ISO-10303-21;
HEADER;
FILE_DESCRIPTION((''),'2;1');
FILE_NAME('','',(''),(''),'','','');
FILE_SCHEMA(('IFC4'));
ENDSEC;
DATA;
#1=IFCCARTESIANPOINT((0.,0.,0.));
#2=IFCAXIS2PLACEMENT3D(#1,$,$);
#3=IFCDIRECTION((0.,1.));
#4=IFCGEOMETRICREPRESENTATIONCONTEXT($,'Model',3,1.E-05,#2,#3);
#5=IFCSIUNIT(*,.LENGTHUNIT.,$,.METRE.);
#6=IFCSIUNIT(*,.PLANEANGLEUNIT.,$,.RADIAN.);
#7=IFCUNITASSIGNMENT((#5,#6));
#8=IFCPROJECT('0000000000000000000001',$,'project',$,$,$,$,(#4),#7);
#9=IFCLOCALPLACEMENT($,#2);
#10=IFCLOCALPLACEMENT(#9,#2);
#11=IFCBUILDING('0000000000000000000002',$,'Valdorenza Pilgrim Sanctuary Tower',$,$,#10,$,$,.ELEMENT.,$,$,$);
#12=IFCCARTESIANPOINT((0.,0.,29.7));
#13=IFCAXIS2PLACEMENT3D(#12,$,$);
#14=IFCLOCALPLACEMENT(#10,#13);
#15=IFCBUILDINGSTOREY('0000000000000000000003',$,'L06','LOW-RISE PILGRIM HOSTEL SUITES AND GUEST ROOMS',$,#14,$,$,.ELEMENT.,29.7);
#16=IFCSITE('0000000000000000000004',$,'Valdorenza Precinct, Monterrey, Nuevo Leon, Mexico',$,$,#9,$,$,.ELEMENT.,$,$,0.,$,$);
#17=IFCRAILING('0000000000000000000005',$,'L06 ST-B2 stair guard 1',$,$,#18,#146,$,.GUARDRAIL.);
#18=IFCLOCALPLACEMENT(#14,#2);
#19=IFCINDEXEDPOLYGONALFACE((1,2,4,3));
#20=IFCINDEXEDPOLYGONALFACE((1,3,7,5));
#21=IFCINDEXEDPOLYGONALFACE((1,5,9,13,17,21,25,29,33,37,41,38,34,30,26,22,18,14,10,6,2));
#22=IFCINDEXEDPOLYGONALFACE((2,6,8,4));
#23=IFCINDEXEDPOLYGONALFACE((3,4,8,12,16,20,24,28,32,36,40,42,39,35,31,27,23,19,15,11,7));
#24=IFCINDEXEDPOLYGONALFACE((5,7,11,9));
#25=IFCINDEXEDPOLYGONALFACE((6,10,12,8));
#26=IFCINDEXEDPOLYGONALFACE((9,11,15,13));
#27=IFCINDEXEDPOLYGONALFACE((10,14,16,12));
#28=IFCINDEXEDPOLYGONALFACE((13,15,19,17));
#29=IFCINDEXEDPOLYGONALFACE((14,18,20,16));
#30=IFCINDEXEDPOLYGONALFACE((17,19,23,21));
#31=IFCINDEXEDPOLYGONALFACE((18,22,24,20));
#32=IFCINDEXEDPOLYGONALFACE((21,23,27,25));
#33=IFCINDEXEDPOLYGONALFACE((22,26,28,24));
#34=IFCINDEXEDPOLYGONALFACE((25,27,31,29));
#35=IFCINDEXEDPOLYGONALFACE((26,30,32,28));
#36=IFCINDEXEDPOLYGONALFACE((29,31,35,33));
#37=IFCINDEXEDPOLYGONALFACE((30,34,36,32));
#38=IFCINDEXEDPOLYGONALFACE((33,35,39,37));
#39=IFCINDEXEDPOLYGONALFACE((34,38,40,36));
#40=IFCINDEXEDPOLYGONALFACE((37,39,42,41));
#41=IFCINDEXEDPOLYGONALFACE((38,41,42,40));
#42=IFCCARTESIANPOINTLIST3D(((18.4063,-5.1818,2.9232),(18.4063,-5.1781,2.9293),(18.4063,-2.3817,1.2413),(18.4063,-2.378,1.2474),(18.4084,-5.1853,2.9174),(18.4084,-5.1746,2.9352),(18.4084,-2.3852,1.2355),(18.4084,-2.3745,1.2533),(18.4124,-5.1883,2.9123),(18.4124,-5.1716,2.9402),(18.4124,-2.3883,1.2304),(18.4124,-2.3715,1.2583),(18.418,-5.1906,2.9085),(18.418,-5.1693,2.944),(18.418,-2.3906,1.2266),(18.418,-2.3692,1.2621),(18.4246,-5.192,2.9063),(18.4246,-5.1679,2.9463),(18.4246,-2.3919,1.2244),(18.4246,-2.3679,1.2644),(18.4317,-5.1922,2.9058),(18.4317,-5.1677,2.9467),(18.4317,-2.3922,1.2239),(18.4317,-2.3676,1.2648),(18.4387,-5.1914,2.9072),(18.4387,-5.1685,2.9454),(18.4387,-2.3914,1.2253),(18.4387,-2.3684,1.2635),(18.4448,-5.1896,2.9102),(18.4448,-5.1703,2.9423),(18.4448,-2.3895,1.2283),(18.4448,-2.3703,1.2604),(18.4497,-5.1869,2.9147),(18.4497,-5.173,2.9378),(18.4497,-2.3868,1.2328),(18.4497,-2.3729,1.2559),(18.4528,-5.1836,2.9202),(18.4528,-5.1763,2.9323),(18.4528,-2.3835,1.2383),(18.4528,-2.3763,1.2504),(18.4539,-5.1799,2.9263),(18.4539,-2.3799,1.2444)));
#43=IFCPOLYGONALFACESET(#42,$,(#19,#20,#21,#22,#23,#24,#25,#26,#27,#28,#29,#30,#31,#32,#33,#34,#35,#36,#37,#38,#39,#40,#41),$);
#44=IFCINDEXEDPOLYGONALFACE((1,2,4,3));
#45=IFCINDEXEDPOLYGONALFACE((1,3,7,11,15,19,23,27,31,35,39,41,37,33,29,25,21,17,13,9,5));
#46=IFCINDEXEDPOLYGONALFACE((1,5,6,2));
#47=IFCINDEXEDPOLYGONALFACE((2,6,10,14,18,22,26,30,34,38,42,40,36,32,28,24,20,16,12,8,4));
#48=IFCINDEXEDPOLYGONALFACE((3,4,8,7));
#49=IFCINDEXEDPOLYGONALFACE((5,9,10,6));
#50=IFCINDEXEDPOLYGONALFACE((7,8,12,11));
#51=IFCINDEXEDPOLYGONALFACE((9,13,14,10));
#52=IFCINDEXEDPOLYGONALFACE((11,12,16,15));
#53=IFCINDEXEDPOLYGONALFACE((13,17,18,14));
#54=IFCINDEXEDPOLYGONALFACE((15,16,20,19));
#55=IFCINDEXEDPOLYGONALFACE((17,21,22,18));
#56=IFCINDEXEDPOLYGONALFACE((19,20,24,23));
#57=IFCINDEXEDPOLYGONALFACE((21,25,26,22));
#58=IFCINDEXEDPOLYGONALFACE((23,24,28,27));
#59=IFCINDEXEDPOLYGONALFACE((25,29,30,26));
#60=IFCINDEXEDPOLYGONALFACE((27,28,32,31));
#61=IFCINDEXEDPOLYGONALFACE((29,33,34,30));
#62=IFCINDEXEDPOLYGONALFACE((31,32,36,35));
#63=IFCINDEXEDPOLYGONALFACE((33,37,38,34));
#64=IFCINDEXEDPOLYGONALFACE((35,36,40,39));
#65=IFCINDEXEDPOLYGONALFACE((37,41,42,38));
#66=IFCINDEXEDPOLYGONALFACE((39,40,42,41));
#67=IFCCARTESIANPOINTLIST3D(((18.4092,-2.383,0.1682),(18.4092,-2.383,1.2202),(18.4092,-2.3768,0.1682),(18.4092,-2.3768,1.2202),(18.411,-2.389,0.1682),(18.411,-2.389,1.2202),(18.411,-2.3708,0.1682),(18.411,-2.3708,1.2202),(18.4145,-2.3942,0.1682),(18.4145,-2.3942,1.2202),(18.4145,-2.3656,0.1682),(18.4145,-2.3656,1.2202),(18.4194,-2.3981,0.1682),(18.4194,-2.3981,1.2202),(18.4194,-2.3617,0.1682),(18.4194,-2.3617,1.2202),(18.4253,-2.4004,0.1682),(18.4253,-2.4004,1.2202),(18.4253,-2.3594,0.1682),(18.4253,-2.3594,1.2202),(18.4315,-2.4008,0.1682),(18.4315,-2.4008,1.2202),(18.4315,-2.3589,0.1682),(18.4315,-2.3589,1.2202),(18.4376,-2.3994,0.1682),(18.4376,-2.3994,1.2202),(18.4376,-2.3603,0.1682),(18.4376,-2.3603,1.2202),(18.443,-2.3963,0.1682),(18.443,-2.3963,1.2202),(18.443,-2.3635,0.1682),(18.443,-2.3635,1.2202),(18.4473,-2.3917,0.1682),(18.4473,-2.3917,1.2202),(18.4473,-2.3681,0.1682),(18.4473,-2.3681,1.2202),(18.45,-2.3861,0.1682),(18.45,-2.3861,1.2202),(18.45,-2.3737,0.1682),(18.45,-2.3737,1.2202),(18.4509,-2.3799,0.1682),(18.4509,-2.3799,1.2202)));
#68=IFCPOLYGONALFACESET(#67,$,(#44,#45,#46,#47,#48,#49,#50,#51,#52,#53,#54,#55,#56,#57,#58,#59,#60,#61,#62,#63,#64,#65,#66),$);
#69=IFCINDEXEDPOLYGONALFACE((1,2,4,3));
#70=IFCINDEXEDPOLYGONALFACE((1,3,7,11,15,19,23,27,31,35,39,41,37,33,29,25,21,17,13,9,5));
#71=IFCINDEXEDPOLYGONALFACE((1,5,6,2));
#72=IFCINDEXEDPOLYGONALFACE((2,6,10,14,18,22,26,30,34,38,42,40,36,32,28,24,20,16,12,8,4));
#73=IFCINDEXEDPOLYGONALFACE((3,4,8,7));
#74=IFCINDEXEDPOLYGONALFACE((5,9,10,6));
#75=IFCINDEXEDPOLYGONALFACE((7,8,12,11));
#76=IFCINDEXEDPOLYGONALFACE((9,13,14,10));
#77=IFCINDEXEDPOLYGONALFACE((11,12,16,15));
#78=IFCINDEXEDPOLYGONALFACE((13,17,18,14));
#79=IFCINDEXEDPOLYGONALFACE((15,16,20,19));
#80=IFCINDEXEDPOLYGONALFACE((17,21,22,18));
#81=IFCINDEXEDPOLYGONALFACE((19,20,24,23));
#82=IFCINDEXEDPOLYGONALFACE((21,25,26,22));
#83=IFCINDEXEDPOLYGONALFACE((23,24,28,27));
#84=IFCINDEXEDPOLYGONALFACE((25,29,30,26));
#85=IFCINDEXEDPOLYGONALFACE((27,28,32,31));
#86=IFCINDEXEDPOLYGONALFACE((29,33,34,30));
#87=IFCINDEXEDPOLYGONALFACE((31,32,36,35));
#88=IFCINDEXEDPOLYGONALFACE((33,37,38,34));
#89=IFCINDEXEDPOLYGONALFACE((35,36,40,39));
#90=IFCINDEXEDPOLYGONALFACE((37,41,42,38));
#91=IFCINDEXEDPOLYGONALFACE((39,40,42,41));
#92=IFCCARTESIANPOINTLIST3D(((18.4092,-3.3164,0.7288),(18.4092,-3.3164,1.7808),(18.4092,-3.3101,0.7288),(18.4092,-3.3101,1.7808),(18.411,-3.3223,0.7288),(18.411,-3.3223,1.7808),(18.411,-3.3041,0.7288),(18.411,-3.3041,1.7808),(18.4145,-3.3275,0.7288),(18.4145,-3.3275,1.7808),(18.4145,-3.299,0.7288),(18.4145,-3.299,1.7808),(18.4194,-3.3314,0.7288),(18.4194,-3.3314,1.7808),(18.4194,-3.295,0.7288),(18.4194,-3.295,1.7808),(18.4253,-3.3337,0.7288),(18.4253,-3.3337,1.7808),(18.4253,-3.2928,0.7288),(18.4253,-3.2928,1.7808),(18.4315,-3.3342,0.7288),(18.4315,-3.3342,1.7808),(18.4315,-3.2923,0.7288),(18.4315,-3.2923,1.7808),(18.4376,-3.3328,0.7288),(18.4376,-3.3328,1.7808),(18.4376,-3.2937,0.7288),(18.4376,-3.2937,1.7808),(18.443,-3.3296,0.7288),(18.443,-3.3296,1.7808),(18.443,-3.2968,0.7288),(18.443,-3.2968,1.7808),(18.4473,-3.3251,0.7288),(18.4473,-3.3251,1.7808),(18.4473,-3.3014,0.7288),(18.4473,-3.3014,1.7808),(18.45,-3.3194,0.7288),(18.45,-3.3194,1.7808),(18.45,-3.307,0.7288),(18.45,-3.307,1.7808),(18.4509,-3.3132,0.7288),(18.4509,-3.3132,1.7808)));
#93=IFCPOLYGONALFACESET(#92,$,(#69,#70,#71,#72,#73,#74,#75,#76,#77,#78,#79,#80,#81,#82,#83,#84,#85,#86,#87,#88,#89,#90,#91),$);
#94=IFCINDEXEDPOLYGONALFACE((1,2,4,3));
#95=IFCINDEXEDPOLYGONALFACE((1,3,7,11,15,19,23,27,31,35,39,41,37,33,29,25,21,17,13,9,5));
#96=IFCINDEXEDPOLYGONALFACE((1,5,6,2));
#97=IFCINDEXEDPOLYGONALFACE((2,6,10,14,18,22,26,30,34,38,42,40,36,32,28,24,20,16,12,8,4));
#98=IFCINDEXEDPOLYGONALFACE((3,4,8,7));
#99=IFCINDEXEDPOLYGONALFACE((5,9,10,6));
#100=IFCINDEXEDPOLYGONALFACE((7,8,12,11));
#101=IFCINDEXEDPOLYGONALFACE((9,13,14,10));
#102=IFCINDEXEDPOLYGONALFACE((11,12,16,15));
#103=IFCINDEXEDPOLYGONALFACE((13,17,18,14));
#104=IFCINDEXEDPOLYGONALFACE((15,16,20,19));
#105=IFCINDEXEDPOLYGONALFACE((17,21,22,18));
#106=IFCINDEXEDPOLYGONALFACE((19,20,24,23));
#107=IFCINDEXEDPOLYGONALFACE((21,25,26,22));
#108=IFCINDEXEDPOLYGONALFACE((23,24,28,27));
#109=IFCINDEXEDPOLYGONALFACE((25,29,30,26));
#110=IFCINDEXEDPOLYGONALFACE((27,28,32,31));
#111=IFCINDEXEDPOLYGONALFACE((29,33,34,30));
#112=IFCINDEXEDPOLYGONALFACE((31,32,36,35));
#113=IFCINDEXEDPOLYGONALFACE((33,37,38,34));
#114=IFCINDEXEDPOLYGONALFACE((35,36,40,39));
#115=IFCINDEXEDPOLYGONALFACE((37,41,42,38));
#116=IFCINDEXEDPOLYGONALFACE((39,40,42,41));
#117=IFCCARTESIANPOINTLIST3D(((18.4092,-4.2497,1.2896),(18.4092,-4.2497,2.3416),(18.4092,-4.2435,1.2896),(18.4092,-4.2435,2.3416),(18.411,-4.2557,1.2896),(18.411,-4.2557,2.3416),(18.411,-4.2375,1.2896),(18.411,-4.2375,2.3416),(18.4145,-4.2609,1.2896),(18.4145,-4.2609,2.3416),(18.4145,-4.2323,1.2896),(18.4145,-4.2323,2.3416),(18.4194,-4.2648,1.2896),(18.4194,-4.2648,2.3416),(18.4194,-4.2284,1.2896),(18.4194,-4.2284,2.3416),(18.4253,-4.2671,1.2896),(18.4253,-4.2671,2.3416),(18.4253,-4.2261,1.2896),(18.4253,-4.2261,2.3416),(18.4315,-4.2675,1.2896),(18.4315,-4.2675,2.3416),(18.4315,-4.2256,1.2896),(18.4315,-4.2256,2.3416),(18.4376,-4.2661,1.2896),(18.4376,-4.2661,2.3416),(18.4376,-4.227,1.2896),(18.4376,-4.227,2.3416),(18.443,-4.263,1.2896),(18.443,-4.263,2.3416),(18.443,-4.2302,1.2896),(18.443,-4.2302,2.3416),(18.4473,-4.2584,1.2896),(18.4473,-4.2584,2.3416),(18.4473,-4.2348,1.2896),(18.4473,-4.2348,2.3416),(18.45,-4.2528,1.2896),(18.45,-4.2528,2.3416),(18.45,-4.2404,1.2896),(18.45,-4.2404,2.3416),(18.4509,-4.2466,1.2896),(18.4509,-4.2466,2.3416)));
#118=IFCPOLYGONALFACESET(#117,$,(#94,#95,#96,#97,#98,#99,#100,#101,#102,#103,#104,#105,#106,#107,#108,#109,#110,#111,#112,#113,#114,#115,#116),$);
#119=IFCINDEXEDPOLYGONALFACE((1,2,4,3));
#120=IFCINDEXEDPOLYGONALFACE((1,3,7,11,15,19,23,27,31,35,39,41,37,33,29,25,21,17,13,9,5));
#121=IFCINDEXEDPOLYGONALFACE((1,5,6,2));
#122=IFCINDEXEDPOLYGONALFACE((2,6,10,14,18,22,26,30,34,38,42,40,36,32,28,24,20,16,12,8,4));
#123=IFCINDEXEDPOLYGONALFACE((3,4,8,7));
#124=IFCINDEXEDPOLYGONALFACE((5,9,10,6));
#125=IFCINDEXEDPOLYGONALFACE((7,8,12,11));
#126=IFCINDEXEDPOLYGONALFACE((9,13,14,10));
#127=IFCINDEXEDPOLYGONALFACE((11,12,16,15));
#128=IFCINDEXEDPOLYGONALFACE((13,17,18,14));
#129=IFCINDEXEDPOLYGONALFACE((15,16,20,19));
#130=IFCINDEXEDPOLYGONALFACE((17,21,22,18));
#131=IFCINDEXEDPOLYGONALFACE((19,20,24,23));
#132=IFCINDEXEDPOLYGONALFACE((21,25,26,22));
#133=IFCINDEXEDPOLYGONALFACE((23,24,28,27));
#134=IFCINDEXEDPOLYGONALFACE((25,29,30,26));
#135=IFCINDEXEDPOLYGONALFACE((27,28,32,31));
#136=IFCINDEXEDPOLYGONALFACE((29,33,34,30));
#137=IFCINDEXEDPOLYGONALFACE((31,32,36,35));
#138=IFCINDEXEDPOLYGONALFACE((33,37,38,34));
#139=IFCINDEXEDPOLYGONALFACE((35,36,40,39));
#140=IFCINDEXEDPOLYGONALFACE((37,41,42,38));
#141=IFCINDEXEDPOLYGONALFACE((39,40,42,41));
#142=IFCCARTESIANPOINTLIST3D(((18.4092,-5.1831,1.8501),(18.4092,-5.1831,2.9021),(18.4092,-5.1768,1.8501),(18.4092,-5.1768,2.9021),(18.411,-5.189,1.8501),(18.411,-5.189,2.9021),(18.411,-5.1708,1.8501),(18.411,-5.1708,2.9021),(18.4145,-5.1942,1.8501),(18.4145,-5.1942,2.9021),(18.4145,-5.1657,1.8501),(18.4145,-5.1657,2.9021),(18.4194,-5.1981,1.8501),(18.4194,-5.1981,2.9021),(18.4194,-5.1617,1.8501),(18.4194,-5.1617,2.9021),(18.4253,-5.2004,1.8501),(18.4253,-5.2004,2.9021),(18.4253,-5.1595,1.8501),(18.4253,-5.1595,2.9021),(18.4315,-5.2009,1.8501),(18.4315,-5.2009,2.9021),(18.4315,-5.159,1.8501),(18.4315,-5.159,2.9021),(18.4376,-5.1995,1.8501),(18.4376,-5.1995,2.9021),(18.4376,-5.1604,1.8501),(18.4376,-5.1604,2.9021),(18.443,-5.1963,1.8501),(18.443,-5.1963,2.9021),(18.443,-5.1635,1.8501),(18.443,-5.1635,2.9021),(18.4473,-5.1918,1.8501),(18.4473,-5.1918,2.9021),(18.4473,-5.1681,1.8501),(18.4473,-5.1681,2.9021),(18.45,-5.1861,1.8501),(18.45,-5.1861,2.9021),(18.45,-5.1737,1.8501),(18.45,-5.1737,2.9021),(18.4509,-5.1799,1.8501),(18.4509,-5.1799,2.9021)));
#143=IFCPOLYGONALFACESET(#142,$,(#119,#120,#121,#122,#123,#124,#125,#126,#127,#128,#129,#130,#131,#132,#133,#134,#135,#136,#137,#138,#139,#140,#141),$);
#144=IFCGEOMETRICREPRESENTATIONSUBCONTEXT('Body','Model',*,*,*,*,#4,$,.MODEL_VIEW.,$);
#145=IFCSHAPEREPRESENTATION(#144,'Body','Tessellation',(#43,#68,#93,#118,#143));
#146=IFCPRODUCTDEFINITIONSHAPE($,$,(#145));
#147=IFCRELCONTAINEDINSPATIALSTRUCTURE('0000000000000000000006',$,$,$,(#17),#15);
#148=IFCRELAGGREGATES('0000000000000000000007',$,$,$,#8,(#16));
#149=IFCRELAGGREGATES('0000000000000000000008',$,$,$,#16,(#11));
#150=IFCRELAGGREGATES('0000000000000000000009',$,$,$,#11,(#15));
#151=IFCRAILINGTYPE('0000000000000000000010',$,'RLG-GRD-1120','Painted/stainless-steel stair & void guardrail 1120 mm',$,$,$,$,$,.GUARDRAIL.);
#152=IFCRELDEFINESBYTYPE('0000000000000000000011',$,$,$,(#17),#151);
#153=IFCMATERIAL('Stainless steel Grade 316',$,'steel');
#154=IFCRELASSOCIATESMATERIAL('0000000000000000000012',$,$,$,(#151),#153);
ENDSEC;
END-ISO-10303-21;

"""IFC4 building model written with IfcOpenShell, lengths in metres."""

from ifc_helpers import new_model, si_unit, direction, frame, origin, origin_2d, place, context, subcontext, project, spatial, circle, extrude, material, type_object, element, save


model = new_model("IFC4")

# Units and contexts
model_context = context("Model", 3, precision=1e-05, world=origin(), true_north=direction((0.0, 1.0)))
body_context = subcontext(model_context, "Body", "Model", "MODEL_VIEW")
ifc_project = project(units=[si_unit("LENGTHUNIT", "METRE"), si_unit("PLANEANGLEUNIT", "RADIAN")], contexts=[model_context])

# Site, building, storey
site_placement = place(None, origin())
site = spatial("IfcSite", under=ifc_project, at=site_placement, Name="Valdorenza Precinct, Monterrey, Nuevo Leon, Mexico", CompositionType="ELEMENT", RefElevation=0.0)
building_placement = place(site_placement, origin())
building = spatial("IfcBuilding", under=site, at=building_placement, Name="Valdorenza Pilgrim Sanctuary Tower", CompositionType="ELEMENT")
storey_placement = place(building_placement, frame((0.0, 0.0, 29.7)))
storey = spatial("IfcBuildingStorey", under=building, at=storey_placement, Name="L06", Description="LOW-RISE PILGRIM HOSTEL SUITES AND GUEST ROOMS", CompositionType="ELEMENT", Elevation=29.7)

# Railing
ifc_material_1 = material(Name="Stainless steel Grade 316", Category="steel")
railing_type_1 = type_object("IfcRailingType", Name="RLG-GRD-1120", Description="Painted/stainless-steel stair & void guardrail 1120 mm", PredefinedType="GUARDRAIL", material=ifc_material_1)
railing_1_placement = place(storey_placement, frame((18.4299, -2.3799, 0.1682)))
element("IfcRailing", 1, at=railing_1_placement, inside=storey, type_object=railing_type_1, Name="L06 ST-B2 stair guard 1", PredefinedType="GUARDRAIL", context=body_context, shape_type="SweptSolid", body=[
    extrude(circle(Radius=0.0239, at=origin_2d()), frame((0.0, 0.0, 1.0762), z_axis=(0.0, -0.857242, 0.514913), x_axis=(1.0, 0.0, 0.0)), (0.0, 0.0, 1.0), 3.2664),
    extrude(circle(Radius=0.021, at=origin_2d()), origin(), (0.0, 0.0, 1.0), 1.052),
    extrude(circle(Radius=0.021, at=origin_2d()), frame((0.0, -0.9333, 0.5605)), (0.0, 0.0, 1.0), 1.052),
    extrude(circle(Radius=0.021, at=origin_2d()), frame((0.0, -1.8667, 1.1213)), (0.0, 0.0, 1.0), 1.052),
    extrude(circle(Radius=0.021, at=origin_2d()), frame((0.0, -2.8, 1.6819)), (0.0, 0.0, 1.0), 1.052),
])

save(model, "model.ifc")
